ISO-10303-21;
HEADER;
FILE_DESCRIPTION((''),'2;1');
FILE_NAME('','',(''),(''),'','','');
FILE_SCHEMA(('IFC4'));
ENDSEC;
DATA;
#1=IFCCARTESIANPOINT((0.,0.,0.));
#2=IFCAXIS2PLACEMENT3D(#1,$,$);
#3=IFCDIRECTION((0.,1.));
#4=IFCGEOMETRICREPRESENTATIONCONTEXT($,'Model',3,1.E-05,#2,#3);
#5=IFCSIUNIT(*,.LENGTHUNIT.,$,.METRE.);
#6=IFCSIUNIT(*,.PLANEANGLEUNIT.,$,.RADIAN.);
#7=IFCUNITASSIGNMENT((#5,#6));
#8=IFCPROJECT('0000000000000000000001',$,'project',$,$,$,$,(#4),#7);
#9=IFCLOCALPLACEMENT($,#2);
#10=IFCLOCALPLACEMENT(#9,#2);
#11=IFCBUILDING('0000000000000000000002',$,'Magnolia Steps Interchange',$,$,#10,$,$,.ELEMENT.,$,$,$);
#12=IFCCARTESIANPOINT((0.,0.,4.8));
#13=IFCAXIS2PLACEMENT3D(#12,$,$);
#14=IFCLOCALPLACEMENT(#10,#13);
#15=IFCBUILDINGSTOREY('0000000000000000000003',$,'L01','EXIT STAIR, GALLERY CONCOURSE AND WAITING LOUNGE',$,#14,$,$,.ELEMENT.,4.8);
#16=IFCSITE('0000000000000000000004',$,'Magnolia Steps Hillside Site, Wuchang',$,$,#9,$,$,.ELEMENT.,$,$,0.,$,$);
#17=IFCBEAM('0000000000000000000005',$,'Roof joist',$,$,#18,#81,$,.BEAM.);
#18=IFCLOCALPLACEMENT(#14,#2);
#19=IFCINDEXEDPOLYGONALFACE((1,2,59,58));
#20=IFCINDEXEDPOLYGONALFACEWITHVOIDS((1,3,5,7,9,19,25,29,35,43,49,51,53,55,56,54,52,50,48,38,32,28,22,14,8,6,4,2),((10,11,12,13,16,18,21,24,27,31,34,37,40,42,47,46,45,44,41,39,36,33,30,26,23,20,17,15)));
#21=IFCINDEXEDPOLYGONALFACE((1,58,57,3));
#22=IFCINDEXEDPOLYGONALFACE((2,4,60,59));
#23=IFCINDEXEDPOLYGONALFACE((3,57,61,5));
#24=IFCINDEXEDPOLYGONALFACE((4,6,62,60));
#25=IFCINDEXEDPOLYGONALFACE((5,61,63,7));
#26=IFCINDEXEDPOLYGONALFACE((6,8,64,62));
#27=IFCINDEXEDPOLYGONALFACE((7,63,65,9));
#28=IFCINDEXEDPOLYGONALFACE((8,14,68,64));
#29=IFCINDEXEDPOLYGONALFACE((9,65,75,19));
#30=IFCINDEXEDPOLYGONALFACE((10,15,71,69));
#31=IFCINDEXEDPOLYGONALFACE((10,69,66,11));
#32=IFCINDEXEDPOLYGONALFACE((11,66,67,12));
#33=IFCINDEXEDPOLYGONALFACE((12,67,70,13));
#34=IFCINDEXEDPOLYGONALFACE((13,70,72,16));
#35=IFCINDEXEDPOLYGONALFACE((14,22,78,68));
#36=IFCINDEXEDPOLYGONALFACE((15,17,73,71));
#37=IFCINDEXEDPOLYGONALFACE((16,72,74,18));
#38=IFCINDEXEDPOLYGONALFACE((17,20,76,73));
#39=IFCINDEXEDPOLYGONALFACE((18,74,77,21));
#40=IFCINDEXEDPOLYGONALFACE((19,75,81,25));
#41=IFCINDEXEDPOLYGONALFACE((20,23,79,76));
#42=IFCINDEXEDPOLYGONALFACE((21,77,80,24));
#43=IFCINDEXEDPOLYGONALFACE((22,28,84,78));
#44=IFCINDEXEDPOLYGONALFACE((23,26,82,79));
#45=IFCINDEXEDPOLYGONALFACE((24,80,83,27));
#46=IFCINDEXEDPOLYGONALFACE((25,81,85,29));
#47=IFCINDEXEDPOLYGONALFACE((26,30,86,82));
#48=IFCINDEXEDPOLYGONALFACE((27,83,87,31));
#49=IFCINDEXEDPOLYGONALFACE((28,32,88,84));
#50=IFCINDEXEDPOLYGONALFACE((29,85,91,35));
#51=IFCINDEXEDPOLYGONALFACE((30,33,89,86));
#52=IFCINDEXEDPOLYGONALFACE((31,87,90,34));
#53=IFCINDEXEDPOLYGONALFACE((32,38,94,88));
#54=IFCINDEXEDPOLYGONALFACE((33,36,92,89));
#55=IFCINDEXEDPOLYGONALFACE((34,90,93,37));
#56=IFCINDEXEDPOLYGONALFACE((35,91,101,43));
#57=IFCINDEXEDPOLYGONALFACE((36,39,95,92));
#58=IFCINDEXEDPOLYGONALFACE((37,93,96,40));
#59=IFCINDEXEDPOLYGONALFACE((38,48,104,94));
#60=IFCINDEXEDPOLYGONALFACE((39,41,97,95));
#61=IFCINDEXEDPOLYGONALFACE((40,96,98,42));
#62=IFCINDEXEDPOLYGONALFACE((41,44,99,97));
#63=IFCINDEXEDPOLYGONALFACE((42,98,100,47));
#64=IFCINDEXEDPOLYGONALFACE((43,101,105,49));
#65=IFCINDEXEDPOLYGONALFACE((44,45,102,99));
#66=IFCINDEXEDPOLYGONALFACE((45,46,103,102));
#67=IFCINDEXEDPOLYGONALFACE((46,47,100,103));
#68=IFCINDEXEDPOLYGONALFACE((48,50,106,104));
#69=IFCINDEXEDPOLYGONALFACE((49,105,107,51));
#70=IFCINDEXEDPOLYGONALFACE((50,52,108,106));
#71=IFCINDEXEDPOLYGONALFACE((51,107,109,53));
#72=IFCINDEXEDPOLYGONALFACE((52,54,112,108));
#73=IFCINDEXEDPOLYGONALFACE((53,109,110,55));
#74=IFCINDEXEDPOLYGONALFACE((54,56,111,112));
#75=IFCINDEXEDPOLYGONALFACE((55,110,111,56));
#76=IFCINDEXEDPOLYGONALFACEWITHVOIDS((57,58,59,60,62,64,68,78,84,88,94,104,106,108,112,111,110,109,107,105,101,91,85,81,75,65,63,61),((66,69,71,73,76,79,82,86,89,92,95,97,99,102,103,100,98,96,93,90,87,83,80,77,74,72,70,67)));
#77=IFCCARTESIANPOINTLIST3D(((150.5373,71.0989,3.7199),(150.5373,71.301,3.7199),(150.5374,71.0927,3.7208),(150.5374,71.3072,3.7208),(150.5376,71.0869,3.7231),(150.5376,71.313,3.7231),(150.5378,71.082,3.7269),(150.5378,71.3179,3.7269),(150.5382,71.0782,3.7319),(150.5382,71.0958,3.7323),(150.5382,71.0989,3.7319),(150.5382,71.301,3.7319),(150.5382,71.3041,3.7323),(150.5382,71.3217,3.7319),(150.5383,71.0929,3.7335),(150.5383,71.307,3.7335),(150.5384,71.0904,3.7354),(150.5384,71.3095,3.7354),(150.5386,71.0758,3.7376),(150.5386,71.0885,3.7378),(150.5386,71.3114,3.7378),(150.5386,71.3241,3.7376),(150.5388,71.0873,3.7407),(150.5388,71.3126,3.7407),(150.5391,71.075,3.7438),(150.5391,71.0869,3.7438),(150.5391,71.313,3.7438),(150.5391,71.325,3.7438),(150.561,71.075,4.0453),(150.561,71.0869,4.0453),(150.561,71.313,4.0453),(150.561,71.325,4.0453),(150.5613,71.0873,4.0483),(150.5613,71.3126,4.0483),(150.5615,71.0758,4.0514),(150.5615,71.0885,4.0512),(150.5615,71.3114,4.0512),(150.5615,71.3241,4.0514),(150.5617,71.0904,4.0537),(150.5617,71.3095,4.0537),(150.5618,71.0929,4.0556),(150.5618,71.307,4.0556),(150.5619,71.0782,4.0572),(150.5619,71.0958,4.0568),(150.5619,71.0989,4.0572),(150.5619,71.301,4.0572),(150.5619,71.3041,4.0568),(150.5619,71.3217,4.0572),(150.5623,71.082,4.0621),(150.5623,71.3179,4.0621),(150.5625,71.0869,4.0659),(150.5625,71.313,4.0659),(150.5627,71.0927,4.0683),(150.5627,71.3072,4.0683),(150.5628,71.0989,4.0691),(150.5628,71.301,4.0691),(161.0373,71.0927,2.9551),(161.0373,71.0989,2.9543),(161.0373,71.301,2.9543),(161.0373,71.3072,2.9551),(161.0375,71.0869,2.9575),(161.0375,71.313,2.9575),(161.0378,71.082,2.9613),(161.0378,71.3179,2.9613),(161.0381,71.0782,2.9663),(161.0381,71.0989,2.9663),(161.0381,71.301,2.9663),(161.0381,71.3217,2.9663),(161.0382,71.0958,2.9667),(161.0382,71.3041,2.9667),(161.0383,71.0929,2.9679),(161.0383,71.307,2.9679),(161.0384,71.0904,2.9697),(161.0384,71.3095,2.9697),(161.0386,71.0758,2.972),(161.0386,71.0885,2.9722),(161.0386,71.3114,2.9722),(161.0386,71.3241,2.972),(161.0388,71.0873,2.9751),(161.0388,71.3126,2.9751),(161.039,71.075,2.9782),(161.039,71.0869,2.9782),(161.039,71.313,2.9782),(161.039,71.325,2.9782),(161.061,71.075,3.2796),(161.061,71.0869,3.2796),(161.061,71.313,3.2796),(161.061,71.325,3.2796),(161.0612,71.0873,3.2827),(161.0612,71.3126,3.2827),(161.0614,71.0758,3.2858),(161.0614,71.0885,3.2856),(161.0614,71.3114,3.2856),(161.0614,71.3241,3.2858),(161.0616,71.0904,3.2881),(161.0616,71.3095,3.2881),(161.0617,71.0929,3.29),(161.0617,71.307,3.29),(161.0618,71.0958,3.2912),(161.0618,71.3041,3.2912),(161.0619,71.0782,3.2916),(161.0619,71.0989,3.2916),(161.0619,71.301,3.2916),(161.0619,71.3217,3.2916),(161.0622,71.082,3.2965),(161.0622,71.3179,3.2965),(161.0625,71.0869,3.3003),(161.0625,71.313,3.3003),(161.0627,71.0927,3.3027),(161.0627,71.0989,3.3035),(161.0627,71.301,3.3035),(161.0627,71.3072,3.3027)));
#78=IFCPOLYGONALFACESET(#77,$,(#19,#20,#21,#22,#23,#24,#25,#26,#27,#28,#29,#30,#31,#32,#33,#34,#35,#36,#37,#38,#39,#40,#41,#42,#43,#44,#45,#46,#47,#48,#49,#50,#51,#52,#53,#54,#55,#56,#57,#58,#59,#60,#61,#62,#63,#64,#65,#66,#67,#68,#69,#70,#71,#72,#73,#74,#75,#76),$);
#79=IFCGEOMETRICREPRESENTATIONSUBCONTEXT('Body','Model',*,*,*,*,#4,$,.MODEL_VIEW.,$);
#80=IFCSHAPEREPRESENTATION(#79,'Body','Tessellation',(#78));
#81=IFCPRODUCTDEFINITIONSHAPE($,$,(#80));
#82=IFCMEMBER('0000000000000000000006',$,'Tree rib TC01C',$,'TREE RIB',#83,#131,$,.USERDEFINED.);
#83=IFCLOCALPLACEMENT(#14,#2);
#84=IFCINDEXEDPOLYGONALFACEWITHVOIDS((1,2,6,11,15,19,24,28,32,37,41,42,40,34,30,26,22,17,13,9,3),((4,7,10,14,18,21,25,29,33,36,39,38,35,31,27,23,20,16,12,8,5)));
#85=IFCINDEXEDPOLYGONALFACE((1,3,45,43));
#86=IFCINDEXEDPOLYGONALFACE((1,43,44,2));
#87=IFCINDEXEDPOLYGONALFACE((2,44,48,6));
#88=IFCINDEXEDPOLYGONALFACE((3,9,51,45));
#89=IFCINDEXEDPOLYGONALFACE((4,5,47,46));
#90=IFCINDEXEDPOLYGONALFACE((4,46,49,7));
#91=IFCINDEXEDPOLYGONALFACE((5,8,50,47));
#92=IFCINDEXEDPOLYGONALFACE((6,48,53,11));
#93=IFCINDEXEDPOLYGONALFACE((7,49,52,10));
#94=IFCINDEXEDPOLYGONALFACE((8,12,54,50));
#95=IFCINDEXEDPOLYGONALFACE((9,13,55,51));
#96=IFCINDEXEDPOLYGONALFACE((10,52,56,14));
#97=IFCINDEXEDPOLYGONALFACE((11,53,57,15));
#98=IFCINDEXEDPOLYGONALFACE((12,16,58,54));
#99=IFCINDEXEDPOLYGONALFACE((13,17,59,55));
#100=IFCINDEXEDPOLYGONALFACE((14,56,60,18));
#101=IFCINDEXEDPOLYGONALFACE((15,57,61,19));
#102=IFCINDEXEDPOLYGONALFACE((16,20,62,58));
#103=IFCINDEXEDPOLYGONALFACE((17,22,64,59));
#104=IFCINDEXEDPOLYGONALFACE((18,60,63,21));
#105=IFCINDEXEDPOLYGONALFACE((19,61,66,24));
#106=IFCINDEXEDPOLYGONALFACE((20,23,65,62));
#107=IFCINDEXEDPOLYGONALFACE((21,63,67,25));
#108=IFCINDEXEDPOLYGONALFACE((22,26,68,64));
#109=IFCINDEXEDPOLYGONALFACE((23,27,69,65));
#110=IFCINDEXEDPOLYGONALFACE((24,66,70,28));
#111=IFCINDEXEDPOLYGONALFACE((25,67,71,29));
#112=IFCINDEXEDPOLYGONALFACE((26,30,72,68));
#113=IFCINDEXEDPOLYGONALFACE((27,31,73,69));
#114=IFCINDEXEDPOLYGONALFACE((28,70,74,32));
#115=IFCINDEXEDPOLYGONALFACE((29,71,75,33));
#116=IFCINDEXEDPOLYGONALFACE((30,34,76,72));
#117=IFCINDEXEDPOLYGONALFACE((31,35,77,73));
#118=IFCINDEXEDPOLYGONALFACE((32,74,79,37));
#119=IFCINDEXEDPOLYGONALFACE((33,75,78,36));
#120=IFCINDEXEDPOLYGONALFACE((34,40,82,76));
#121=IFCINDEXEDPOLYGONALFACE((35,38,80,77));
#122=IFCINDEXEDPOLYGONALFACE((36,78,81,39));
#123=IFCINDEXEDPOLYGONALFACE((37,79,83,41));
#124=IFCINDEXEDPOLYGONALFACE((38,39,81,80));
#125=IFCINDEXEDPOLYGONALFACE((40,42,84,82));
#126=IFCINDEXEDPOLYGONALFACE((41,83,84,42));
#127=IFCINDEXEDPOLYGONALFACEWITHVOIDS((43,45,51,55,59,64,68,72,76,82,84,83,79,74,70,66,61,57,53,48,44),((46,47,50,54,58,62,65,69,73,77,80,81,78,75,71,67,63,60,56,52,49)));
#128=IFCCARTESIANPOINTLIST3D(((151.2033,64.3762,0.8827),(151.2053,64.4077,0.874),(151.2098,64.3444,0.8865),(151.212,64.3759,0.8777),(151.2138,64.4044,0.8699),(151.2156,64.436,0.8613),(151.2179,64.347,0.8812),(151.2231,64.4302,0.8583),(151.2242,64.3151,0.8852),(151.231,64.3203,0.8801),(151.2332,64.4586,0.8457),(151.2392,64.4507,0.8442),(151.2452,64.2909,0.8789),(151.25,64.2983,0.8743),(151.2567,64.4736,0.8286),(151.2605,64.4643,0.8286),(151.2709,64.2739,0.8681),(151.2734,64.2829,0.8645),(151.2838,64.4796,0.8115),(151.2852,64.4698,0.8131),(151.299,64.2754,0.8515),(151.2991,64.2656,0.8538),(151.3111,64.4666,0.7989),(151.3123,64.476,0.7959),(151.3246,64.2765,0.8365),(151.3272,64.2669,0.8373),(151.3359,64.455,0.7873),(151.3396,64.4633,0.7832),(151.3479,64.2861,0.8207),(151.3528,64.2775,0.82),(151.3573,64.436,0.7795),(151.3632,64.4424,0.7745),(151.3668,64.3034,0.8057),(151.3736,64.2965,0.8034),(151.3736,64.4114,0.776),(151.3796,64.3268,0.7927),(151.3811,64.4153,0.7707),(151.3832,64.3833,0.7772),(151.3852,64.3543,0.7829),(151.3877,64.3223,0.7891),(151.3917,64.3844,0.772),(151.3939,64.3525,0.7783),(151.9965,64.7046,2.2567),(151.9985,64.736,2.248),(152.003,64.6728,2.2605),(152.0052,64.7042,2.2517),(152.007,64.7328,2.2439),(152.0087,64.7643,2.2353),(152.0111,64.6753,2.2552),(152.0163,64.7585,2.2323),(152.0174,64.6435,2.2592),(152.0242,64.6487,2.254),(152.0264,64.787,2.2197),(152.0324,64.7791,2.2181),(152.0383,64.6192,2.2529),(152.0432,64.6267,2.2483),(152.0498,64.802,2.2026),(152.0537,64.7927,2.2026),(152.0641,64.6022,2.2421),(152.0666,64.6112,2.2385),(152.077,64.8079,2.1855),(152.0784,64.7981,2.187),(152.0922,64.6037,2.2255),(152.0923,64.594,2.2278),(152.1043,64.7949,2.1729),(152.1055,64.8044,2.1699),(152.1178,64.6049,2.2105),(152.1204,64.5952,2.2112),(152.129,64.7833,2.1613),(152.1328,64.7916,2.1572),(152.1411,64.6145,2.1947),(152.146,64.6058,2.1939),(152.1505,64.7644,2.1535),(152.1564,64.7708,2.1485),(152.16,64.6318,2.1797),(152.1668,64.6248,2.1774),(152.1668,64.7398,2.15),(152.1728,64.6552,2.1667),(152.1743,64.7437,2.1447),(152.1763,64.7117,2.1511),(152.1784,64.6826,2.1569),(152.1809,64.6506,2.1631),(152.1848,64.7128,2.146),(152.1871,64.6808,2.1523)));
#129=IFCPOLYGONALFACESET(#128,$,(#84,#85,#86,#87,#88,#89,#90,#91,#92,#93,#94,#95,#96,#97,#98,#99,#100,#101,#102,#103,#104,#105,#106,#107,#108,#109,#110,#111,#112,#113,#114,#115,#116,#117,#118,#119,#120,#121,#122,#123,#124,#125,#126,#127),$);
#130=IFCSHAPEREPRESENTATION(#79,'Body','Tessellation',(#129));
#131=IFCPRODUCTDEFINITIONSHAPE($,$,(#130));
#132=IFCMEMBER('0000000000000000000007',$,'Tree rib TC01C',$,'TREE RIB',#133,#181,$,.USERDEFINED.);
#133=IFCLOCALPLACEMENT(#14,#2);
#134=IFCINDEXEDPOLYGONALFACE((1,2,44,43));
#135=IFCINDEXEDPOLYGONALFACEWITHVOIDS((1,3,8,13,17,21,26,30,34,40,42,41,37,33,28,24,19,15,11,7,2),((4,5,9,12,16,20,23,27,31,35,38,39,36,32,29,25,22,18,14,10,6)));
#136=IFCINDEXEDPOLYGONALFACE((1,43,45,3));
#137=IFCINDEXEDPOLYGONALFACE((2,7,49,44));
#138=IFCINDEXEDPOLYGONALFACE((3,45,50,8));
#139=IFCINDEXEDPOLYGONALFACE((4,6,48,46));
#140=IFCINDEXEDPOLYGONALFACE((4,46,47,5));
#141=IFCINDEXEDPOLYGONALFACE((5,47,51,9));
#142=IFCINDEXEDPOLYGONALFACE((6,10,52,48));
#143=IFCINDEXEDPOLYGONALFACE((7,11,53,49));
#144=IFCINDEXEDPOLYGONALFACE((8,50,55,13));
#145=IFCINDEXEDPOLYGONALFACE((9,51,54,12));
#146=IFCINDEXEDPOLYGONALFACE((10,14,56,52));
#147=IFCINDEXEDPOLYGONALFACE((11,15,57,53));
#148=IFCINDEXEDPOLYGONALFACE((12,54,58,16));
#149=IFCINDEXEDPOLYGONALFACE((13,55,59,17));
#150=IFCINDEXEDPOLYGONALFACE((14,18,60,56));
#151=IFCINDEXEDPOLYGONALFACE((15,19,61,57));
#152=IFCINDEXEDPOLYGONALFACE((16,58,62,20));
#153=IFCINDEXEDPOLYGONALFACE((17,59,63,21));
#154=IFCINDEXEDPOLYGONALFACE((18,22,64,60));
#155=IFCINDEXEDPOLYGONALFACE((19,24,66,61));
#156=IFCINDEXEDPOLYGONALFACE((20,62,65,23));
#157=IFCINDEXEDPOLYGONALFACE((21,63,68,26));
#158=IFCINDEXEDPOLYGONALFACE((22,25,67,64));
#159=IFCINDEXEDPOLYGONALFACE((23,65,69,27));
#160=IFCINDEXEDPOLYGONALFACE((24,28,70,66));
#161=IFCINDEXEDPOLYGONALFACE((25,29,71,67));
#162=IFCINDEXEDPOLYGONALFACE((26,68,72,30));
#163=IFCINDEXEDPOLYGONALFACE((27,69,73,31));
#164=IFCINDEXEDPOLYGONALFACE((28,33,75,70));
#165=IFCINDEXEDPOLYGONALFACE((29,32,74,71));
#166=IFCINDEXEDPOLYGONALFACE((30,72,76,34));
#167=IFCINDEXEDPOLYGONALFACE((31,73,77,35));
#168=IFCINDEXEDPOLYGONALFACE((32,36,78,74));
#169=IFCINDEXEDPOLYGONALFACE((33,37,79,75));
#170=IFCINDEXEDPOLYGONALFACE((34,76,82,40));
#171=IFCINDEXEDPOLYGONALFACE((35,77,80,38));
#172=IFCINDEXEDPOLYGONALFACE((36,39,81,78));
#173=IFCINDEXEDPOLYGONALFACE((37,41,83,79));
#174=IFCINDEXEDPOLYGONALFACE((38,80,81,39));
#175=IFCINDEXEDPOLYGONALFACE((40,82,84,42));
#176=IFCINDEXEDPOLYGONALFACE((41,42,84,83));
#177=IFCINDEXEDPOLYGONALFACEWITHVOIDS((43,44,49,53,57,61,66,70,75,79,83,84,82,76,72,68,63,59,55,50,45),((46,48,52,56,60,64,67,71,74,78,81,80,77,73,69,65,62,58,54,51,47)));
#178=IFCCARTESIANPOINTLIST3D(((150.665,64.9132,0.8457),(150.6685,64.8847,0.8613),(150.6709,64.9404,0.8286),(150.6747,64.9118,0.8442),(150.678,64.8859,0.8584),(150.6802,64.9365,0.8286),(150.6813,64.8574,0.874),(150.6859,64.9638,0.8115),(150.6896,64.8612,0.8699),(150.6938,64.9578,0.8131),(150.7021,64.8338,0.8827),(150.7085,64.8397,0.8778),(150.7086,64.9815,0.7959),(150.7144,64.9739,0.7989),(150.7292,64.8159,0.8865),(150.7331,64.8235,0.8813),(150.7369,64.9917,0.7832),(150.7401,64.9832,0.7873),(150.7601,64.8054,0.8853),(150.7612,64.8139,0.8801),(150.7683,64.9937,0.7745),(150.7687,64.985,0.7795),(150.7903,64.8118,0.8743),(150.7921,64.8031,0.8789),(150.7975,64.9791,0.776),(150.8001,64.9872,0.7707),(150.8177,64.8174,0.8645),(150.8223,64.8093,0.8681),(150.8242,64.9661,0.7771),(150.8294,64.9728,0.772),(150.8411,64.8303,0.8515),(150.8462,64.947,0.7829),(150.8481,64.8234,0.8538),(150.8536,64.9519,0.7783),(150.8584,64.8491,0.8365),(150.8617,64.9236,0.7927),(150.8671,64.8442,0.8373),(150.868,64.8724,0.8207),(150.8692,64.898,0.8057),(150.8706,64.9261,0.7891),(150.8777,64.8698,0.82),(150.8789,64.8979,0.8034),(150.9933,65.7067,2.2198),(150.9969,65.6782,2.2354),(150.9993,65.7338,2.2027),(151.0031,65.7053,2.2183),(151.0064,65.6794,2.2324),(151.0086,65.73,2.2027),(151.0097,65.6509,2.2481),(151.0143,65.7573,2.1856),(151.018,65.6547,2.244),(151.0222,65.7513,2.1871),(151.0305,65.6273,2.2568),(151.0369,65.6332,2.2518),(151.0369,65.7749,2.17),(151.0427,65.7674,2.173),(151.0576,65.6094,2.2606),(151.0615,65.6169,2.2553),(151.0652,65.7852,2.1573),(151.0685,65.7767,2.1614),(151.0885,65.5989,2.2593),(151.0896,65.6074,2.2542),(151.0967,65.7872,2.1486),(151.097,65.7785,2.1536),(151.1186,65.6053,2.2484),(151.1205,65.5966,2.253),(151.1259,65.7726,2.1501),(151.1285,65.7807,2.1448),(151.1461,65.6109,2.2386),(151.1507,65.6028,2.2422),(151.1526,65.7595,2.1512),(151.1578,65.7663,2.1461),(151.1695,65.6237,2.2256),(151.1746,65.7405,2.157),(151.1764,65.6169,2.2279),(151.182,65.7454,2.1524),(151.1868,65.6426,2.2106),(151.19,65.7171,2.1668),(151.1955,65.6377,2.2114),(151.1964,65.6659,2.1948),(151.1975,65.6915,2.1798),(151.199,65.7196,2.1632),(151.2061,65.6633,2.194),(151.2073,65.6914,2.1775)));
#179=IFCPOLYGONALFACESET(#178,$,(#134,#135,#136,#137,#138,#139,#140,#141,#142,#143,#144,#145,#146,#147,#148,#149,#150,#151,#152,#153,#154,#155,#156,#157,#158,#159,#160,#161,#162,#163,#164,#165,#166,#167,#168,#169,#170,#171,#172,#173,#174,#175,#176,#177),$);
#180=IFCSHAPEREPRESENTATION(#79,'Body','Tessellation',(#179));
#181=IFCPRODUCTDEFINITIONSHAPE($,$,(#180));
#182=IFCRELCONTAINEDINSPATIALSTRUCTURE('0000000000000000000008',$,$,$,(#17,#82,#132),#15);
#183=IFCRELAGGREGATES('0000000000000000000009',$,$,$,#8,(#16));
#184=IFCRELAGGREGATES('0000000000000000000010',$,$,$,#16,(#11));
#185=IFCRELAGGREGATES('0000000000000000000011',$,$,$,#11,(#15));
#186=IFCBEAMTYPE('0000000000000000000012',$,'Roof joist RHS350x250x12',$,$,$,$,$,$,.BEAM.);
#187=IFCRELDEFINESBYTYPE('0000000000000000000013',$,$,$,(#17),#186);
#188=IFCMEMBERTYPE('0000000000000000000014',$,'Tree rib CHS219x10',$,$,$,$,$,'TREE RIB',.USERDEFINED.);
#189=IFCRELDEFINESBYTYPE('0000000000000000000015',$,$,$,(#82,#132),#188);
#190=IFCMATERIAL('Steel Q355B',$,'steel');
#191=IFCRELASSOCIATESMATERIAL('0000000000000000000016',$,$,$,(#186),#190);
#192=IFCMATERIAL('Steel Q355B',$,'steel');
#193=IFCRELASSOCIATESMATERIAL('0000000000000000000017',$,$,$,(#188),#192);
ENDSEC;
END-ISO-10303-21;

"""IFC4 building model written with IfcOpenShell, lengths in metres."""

from ifc_helpers import new_model, si_unit, direction, frame, origin, origin_2d, place, context, subcontext, project, spatial, hollow_rectangle, hollow_circle, extrude, material, material_profile, profile_set, type_object, element, save


model = new_model("IFC4")

# Units and contexts
model_context = context("Model", 3, precision=1e-05, world=origin(), true_north=direction((0.0, 1.0)))
body_context = subcontext(model_context, "Body", "Model", "MODEL_VIEW")
ifc_project = project(units=[si_unit("LENGTHUNIT", "METRE"), si_unit("PLANEANGLEUNIT", "RADIAN")], contexts=[model_context])

# Site, building, storey
site_placement = place(None, origin())
site = spatial("IfcSite", under=ifc_project, at=site_placement, Name="Magnolia Steps Hillside Site, Wuchang", CompositionType="ELEMENT", RefElevation=0.0)
building_placement = place(site_placement, origin())
building = spatial("IfcBuilding", under=site, at=building_placement, Name="Magnolia Steps Interchange", CompositionType="ELEMENT")
storey_placement = place(building_placement, frame((0.0, 0.0, 4.8)))
storey = spatial("IfcBuildingStorey", under=building, at=storey_placement, Name="L01", Description="EXIT STAIR, GALLERY CONCOURSE AND WAITING LOUNGE", CompositionType="ELEMENT", Elevation=4.8)

# Beam
ifc_material_1 = material(Name="Steel Q355B", Category="steel")
ifc_material_profile_1 = material_profile(ifc_material_1, hollow_rectangle(XDim=0.25, YDim=0.3501, WallThickness=0.012, InnerFilletRadius=0.012, OuterFilletRadius=0.0239, at=origin_2d()), Name="RHS350x250x12")
ifc_profile_set_1 = profile_set([ifc_material_profile_1], Name="Steel Q355B")
beam_type_1 = type_object("IfcBeamType", Name="Roof joist RHS350x250x12", PredefinedType="BEAM", material=ifc_profile_set_1)
for number, where, z_axis, x_axis, name in (
    (1, (150.55, 71.2, 3.8945), (0.997352, 0.0, -0.072724), (0.0, 1.0, 0.0), "Roof joist"),
):
    element("IfcBeam", number, at=place(storey_placement, frame(where, z_axis=z_axis, x_axis=x_axis)), inside=storey, type_object=beam_type_1, Name=name, PredefinedType="BEAM", context=body_context, shape_type="SweptSolid", body=[
        extrude(hollow_rectangle(XDim=0.25, YDim=0.3501, WallThickness=0.012, InnerFilletRadius=0.012, OuterFilletRadius=0.0239, at=origin_2d()), origin(), (0.0, 0.0, 1.0), 10.5278),
    ])

# Members
ifc_material_2 = material(Name="Steel Q355B", Category="steel")
ifc_material_profile_2 = material_profile(ifc_material_2, hollow_circle(Radius=0.1096, WallThickness=0.01, at=origin_2d()), Name="CHS219x10")
ifc_profile_set_2 = profile_set([ifc_material_profile_2], Name="Steel Q355B")
member_type = type_object("IfcMemberType", Name="Tree rib CHS219x10", ElementType="TREE RIB", PredefinedType="USERDEFINED", material=ifc_profile_set_2)
member_1_placement = place(storey_placement, frame((151.2986, 64.3723, 0.8286), z_axis=(0.489586, 0.202676, 0.848073), x_axis=(-0.382494, 0.923958, 0.0)))
element("IfcMember", 2, at=member_1_placement, inside=storey, type_object=member_type, Name="Tree rib TC01C", ObjectType="TREE RIB", PredefinedType="USERDEFINED", context=body_context, shape_type="SweptSolid", body=[
    extrude(hollow_circle(Radius=0.1096, WallThickness=0.01, at=origin_2d()), origin(), (0.0, 0.0, 1.0), 1.6201),
])
member_2_placement = place(storey_placement, frame((150.7722, 64.8984, 0.8286), z_axis=(0.202661, 0.489701, 0.848011), x_axis=(-0.924, 0.382394, 0.0)))
element("IfcMember", 3, at=member_2_placement, inside=storey, type_object=member_type, Name="Tree rib TC01C", ObjectType="TREE RIB", PredefinedType="USERDEFINED", context=body_context, shape_type="SweptSolid", body=[
    extrude(hollow_circle(Radius=0.1096, WallThickness=0.01, at=origin_2d()), origin(), (0.0, 0.0, 1.0), 1.6204),
])

save(model, "model.ifc")
